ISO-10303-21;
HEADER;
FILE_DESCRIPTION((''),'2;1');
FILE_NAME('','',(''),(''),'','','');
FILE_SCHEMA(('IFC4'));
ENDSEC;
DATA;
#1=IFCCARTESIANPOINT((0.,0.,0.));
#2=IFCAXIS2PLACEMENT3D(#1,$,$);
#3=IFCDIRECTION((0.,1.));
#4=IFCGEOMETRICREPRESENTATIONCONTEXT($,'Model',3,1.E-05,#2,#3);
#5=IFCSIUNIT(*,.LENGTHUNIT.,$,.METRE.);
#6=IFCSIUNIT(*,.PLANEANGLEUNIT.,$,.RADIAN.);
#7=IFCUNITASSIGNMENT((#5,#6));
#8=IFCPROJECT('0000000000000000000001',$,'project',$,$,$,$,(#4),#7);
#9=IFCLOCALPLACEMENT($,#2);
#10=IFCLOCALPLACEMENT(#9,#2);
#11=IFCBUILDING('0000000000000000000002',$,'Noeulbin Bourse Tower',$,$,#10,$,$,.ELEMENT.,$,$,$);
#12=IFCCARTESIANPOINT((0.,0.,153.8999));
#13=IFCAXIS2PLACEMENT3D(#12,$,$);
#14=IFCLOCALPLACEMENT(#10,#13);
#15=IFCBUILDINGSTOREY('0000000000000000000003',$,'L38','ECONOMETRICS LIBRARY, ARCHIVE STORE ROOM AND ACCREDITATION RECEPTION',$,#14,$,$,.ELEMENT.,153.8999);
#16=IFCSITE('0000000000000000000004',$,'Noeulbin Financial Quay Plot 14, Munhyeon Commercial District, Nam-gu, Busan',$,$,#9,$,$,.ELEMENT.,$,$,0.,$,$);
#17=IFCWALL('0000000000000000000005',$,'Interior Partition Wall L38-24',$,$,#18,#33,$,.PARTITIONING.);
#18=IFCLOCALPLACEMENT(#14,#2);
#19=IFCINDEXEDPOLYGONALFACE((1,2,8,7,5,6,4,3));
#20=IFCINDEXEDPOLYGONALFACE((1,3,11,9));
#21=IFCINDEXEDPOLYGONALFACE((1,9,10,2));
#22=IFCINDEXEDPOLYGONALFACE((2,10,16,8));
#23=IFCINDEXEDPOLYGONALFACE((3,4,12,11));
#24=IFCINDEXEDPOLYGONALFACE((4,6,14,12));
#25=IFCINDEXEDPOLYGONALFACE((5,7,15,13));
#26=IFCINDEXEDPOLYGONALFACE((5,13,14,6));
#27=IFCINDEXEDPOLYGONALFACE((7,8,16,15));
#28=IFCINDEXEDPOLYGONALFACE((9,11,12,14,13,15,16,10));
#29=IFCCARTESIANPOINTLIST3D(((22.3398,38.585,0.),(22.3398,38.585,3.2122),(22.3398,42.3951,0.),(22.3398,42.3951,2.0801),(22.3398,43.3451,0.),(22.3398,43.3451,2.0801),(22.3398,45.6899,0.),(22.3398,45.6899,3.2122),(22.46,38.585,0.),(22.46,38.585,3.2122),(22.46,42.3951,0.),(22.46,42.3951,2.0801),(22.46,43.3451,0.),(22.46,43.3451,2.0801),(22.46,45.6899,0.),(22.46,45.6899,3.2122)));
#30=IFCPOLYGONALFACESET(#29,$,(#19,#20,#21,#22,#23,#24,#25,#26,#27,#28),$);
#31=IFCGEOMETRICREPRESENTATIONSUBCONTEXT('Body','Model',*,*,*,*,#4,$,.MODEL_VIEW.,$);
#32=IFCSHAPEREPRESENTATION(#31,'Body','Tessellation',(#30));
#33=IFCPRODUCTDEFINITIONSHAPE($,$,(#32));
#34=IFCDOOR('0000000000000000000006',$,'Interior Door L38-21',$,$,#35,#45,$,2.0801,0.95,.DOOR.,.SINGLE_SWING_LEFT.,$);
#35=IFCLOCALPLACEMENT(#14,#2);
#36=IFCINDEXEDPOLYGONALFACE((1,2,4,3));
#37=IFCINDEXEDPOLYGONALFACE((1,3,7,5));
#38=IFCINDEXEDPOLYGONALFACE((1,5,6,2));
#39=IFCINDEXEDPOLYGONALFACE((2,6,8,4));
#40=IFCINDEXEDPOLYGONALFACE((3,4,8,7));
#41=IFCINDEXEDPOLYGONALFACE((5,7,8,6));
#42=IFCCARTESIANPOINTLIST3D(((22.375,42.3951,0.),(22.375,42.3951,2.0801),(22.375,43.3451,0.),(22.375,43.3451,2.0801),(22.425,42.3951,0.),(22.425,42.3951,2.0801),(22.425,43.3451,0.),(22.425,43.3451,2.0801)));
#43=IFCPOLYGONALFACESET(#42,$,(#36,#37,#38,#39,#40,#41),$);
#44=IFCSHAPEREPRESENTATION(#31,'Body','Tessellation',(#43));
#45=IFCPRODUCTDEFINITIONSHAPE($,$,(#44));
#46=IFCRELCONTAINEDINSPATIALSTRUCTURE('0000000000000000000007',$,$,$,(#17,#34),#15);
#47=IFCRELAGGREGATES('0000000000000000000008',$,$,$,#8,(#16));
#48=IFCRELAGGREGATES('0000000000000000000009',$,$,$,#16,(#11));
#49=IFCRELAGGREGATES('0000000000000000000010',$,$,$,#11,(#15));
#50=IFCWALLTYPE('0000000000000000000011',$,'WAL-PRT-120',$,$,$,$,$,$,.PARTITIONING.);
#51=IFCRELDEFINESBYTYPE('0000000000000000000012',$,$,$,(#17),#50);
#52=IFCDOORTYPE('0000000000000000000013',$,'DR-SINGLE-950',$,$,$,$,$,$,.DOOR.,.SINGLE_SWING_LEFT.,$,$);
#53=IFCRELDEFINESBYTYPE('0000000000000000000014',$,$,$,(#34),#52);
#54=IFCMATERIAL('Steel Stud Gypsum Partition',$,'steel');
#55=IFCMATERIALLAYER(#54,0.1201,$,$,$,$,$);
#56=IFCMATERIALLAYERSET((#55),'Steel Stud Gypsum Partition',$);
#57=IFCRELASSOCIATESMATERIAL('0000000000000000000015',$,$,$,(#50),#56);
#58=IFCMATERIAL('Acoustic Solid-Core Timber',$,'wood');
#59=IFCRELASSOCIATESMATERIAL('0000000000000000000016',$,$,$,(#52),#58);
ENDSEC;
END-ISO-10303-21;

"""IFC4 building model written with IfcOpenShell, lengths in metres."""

from ifc_helpers import new_model, si_unit, direction, frame, frame_2d, origin, place, context, subcontext, project, spatial, rectangle, extrude, material, layer, layer_set, type_object, element, fill, save


model = new_model("IFC4")

# Units and contexts
model_context = context("Model", 3, precision=1e-05, world=origin(), true_north=direction((0.0, 1.0)))
body_context = subcontext(model_context, "Body", "Model", "MODEL_VIEW")
ifc_project = project(units=[si_unit("LENGTHUNIT", "METRE"), si_unit("PLANEANGLEUNIT", "RADIAN")], contexts=[model_context])

# Site, building, storey
site_placement = place(None, origin())
site = spatial("IfcSite", under=ifc_project, at=site_placement, Name="Noeulbin Financial Quay Plot 14, Munhyeon Commercial District, Nam-gu, Busan", CompositionType="ELEMENT", RefElevation=0.0)
building_placement = place(site_placement, origin())
building = spatial("IfcBuilding", under=site, at=building_placement, Name="Noeulbin Bourse Tower", CompositionType="ELEMENT")
storey_placement = place(building_placement, frame((0.0, 0.0, 153.8999)))
storey = spatial("IfcBuildingStorey", under=building, at=storey_placement, Name="L38", Description="ECONOMETRICS LIBRARY, ARCHIVE STORE ROOM AND ACCREDITATION RECEPTION", CompositionType="ELEMENT", Elevation=153.8999)

# Wall, opening, door
ifc_material_1 = material(Name="Steel Stud Gypsum Partition", Category="steel")
ifc_layer_1 = layer(ifc_material_1, 0.1201)
ifc_layer_set_1 = layer_set([ifc_layer_1], Name="Steel Stud Gypsum Partition")
wall_type = type_object("IfcWallType", Name="WAL-PRT-120", PredefinedType="PARTITIONING", material=ifc_layer_set_1)
ifc_material_2 = material(Name="Acoustic Solid-Core Timber", Category="wood")
door_type = type_object("IfcDoorType", Name="DR-SINGLE-950", OperationType="SINGLE_SWING_LEFT", PredefinedType="DOOR", material=ifc_material_2)
wall_1_placement = place(storey_placement, frame((22.3999, 38.585, 0.0), z_axis=(0.0, 0.0, 1.0), x_axis=(0.0, 1.0, 0.0)))
wall_1 = element("IfcWall", 1, at=wall_1_placement, inside=storey, type_object=wall_type, Name="Interior Partition Wall L38-24", PredefinedType="PARTITIONING", context=body_context, shape_type="SweptSolid", body=[
    extrude(rectangle(XDim=7.105, YDim=0.1201, at=frame_2d((3.5525, 0.0))), origin(), (0.0, 0.0, 1.0), 3.2122),
])
opening_1_placement = place(wall_1_placement, frame((3.8101, 0.0, 0.0)))
opening_1 = element("IfcOpeningElement", 2, at=opening_1_placement, cuts=wall_1, PredefinedType="OPENING", context=body_context, shape_type="SweptSolid", body=[
    extrude(rectangle(XDim=0.95, YDim=2.0801, at=frame_2d((0.4751, 1.04))), frame((0.0, 0.0701, 0.0), z_axis=(0.0, -1.0, 0.0), x_axis=(1.0, 0.0, 0.0)), (0.0, 0.0, 1.0), 0.1401),
])
door_1_placement = place(opening_1_placement, origin())
door_1 = element("IfcDoor", 3, at=door_1_placement, inside=storey, type_object=door_type, Name="Interior Door L38-21", OperationType="SINGLE_SWING_LEFT", OverallHeight=2.0801, OverallWidth=0.95, PredefinedType="DOOR", context=body_context, shape_type="SweptSolid", body=[
    extrude(rectangle(XDim=0.95, YDim=2.0801, at=frame_2d((0.4751, 1.04))), frame((0.0, 0.0249, 0.0), z_axis=(0.0, -1.0, 0.0), x_axis=(1.0, 0.0, 0.0)), (0.0, 0.0, 1.0), 0.05),
])
fill(opening_1, door_1)

save(model, "model.ifc")
